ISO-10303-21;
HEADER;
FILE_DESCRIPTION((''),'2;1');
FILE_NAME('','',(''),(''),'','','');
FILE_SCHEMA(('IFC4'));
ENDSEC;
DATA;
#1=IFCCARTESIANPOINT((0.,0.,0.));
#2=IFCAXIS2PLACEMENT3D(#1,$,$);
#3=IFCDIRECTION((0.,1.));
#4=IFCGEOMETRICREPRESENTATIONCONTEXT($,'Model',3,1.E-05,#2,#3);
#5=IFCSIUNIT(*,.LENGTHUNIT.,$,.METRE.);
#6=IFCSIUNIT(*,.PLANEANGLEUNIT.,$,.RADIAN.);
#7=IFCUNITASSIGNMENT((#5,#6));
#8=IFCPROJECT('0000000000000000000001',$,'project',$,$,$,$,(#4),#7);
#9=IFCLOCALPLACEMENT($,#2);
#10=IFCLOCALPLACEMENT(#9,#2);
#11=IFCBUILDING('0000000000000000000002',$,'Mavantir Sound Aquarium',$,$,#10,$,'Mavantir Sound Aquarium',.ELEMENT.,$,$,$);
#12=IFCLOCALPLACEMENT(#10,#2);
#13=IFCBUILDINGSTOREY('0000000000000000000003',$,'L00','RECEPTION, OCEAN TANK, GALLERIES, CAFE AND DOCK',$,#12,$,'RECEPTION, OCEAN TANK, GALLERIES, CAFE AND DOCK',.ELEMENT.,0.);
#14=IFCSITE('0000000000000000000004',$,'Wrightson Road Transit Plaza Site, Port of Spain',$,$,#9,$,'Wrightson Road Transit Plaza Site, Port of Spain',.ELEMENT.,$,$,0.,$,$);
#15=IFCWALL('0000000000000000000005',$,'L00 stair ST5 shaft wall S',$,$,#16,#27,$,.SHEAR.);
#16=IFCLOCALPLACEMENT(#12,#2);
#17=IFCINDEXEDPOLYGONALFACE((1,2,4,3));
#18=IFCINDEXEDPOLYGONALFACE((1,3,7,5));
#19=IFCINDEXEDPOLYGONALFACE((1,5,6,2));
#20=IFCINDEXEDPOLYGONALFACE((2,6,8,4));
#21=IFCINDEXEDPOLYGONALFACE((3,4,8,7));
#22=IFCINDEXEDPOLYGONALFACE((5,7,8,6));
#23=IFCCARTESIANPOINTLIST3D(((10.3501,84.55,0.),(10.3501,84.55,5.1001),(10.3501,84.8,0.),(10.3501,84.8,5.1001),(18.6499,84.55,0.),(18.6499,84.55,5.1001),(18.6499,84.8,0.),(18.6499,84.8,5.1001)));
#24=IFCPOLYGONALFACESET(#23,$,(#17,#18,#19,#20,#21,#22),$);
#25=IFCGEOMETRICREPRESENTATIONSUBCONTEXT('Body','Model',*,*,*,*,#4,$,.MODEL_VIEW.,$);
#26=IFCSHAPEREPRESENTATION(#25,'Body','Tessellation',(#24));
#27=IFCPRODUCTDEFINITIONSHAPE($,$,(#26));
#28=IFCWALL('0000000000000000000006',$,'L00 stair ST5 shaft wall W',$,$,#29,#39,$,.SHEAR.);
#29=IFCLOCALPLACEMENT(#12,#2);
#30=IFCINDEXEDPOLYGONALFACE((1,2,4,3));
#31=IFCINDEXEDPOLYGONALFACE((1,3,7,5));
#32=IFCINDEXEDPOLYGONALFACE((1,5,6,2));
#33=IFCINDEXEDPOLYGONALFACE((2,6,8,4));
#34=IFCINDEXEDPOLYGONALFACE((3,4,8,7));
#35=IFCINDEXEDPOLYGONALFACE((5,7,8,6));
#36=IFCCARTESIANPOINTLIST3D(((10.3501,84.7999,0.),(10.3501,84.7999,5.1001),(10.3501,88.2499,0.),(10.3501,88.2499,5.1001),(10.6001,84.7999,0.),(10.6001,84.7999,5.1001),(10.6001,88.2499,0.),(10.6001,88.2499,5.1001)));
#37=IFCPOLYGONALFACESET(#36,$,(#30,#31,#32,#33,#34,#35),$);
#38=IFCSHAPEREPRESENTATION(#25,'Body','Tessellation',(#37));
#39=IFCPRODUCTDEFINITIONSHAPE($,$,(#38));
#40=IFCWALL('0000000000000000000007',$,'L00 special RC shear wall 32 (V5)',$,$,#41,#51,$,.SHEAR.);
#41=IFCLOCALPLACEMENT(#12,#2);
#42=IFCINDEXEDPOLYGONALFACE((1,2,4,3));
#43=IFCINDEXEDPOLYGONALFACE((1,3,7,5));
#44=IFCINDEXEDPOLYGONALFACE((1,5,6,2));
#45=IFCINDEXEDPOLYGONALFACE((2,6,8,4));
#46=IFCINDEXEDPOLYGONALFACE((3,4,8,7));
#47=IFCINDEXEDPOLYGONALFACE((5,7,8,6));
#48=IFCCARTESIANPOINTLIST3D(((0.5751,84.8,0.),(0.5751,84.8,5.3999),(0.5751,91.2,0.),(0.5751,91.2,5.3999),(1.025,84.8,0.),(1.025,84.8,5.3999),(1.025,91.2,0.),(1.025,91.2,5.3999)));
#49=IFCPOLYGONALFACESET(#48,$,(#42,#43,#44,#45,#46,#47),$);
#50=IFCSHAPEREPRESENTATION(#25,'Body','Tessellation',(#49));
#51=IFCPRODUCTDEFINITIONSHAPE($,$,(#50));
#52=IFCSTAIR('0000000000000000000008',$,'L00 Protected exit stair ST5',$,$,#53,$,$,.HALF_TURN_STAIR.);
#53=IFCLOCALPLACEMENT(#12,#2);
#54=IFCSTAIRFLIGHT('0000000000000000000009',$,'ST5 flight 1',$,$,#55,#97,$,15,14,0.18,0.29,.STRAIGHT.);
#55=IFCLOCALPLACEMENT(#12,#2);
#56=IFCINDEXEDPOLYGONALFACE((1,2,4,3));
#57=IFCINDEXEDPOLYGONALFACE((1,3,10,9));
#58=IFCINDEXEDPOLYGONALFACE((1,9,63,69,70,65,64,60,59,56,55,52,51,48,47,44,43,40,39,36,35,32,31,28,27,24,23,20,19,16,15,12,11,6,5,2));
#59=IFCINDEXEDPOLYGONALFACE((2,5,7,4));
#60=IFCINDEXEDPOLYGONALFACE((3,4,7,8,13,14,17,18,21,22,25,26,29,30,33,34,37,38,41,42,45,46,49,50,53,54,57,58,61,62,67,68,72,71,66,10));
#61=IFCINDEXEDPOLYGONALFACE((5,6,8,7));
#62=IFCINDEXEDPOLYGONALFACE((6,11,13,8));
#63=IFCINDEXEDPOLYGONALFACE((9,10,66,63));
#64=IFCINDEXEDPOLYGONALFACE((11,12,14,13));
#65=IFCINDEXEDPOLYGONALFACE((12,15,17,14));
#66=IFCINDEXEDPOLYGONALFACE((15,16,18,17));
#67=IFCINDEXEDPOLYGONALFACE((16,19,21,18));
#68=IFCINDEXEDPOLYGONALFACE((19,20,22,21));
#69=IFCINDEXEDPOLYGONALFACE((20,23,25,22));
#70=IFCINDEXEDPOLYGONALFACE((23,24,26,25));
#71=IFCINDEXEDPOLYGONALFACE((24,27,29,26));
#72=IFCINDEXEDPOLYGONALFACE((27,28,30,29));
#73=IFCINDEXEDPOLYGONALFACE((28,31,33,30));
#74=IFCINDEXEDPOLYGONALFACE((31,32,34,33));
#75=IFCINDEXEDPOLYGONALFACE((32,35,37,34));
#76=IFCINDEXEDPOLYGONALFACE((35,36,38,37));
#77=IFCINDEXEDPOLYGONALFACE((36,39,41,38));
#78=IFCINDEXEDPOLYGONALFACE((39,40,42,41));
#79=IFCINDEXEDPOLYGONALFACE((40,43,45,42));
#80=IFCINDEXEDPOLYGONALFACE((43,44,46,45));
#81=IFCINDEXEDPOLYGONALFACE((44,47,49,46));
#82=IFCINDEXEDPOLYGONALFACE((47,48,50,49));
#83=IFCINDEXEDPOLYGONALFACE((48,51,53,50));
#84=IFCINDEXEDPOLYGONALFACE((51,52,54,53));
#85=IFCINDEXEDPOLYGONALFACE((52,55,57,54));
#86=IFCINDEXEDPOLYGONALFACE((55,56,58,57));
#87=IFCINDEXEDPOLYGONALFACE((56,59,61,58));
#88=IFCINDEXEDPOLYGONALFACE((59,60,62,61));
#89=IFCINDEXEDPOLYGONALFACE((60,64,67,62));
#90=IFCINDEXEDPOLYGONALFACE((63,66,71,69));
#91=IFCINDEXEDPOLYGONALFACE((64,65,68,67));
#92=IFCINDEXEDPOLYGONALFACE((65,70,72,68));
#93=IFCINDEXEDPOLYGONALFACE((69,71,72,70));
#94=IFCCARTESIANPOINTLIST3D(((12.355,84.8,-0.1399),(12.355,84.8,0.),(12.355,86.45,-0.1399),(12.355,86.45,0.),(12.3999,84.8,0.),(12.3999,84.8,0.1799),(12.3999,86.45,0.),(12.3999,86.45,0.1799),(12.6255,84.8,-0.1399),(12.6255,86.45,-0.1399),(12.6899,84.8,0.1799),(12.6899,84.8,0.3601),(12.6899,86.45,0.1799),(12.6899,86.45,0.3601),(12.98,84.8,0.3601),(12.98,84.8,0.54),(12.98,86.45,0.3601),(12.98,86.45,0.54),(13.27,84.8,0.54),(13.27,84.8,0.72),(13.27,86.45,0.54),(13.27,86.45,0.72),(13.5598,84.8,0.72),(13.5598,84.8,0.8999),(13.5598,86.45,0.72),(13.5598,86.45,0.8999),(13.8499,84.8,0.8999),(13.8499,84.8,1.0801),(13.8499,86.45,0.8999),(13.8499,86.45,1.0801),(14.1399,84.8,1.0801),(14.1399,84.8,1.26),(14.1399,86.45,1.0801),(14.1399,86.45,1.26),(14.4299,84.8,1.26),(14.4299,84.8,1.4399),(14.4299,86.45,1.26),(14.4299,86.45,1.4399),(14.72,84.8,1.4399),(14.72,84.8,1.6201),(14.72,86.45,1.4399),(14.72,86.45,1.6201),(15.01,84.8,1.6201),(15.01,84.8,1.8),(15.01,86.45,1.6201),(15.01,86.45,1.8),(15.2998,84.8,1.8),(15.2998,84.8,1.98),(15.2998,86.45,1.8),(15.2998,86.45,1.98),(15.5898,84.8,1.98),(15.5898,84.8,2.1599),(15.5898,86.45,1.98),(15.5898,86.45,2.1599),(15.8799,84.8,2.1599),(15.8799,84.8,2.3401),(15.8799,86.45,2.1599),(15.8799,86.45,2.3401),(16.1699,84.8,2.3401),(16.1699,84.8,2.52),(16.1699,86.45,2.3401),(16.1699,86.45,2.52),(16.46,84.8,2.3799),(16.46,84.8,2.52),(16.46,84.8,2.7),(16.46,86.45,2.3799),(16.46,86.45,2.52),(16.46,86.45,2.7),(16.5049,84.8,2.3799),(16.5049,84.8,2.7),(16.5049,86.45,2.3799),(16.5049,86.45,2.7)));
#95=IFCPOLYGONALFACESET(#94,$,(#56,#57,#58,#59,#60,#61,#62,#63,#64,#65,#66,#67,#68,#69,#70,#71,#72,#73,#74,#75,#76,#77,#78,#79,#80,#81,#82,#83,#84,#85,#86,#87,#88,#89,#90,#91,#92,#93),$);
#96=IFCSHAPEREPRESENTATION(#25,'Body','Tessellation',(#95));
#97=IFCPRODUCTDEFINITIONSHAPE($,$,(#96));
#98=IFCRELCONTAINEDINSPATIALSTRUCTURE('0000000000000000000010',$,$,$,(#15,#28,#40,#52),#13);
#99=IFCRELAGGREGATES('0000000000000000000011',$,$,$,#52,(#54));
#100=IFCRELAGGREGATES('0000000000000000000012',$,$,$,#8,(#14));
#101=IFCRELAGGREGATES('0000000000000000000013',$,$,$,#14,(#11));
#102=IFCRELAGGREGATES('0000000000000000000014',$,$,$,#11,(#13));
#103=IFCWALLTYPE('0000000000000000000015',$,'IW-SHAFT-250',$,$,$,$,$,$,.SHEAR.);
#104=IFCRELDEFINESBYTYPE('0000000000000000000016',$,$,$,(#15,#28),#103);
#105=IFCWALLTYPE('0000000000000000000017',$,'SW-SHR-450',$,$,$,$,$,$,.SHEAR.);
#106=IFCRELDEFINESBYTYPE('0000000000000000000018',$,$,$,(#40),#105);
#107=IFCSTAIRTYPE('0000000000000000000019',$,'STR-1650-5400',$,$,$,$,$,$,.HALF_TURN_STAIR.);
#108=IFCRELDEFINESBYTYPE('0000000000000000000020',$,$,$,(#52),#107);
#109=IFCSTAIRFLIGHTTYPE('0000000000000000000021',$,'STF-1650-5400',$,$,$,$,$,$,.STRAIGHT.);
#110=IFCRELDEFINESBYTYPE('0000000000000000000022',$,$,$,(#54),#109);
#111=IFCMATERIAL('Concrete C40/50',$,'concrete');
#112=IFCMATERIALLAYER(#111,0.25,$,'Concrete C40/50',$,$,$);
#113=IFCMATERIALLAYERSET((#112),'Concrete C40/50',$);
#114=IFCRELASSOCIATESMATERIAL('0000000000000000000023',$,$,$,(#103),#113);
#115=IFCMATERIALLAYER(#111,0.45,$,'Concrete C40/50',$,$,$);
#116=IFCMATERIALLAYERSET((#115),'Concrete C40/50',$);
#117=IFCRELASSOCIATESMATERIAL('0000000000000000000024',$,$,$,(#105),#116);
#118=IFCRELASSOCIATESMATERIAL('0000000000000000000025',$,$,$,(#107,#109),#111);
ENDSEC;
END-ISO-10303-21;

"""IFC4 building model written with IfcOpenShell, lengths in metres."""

from ifc_helpers import new_model, si_unit, direction, frame, frame_2d, origin, place, context, subcontext, project, spatial, polyline, rectangle, outline, extrude, material, layer, layer_set, type_object, element, aggregate, save


model = new_model("IFC4")

# Units and contexts
model_context = context("Model", 3, precision=1e-05, world=origin(), true_north=direction((0.0, 1.0)))
body_context = subcontext(model_context, "Body", "Model", "MODEL_VIEW")
ifc_project = project(units=[si_unit("LENGTHUNIT", "METRE"), si_unit("PLANEANGLEUNIT", "RADIAN")], contexts=[model_context])

# Site, building, storey
site_placement = place(None, origin())
site = spatial("IfcSite", under=ifc_project, at=site_placement, Name="Wrightson Road Transit Plaza Site, Port of Spain", LongName="Wrightson Road Transit Plaza Site, Port of Spain", CompositionType="ELEMENT", RefElevation=0.0)
building_placement = place(site_placement, origin())
building = spatial("IfcBuilding", under=site, at=building_placement, Name="Mavantir Sound Aquarium", LongName="Mavantir Sound Aquarium", CompositionType="ELEMENT")
storey_placement = place(building_placement, origin())
storey = spatial("IfcBuildingStorey", under=building, at=storey_placement, Name="L00", Description="RECEPTION, OCEAN TANK, GALLERIES, CAFE AND DOCK", LongName="RECEPTION, OCEAN TANK, GALLERIES, CAFE AND DOCK", CompositionType="ELEMENT", Elevation=0.0)

# Shared definitions
ifc_material_1 = material(Name="Concrete C40/50", Category="concrete")

# Walls
ifc_layer_1 = layer(ifc_material_1, 0.25, Name="Concrete C40/50")
ifc_layer_set_1 = layer_set([ifc_layer_1], Name="Concrete C40/50")
wall_type_1 = type_object("IfcWallType", Name="IW-SHAFT-250", PredefinedType="SHEAR", material=ifc_layer_set_1)
wall_1_placement = place(storey_placement, frame((10.3501, 84.675, 0.0), z_axis=(0.0, 0.0, 1.0), x_axis=(1.0, 0.0, 0.0)))
element("IfcWall", 1, at=wall_1_placement, inside=storey, type_object=wall_type_1, Name="L00 stair ST5 shaft wall S", PredefinedType="SHEAR", context=body_context, shape_type="SweptSolid", body=[
    extrude(rectangle(XDim=8.2998, YDim=0.25, at=frame_2d((4.1499, 0.0))), origin(), (0.0, 0.0, 1.0), 5.1001),
])
wall_2_placement = place(storey_placement, frame((10.4751, 88.25, 0.0), z_axis=(0.0, 0.0, 1.0), x_axis=(0.0, -1.0, 0.0)))
element("IfcWall", 2, at=wall_2_placement, inside=storey, type_object=wall_type_1, Name="L00 stair ST5 shaft wall W", PredefinedType="SHEAR", context=body_context, shape_type="SweptSolid", body=[
    extrude(rectangle(XDim=3.45, YDim=0.25, at=frame_2d((1.7251, 0.0))), origin(), (0.0, 0.0, 1.0), 5.1001),
])
ifc_layer_2 = layer(ifc_material_1, 0.45, Name="Concrete C40/50")
ifc_layer_set_2 = layer_set([ifc_layer_2], Name="Concrete C40/50")
wall_type_2 = type_object("IfcWallType", Name="SW-SHR-450", PredefinedType="SHEAR", material=ifc_layer_set_2)
wall_3_placement = place(storey_placement, frame((0.8, 84.8, 0.0), z_axis=(0.0, 0.0, 1.0), x_axis=(0.0, 1.0, 0.0)))
element("IfcWall", 3, at=wall_3_placement, inside=storey, type_object=wall_type_2, Name="L00 special RC shear wall 32 (V5)", PredefinedType="SHEAR", context=body_context, shape_type="SweptSolid", body=[
    extrude(rectangle(XDim=6.3999, YDim=0.45, at=frame_2d((3.2, 0.0))), origin(), (0.0, 0.0, 1.0), 5.3999),
])

# Stair, stair flight
stair_type = type_object("IfcStairType", Name="STR-1650-5400", PredefinedType="HALF_TURN_STAIR", material=ifc_material_1)
stair_placement = place(storey_placement, origin())
stair = element("IfcStair", 4, at=stair_placement, inside=storey, type_object=stair_type, Name="L00 Protected exit stair ST5", PredefinedType="HALF_TURN_STAIR")
stair_flight_type = type_object("IfcStairFlightType", Name="STF-1650-5400", PredefinedType="STRAIGHT", material=ifc_material_1)
stair_flight_placement = place(storey_placement, frame((12.3999, 85.625, 0.0), z_axis=(0.0, 0.0, 1.0), x_axis=(1.0, 0.0, 0.0)))
stair_flight = element("IfcStairFlight", 5, at=stair_flight_placement, type_object=stair_flight_type, Name="ST5 flight 1", NumberOfRisers=15, NumberOfTreads=14, PredefinedType="STRAIGHT", RiserHeight=0.18, TreadLength=0.29, context=body_context, shape_type="SweptSolid", body=[
    extrude(outline(polyline([(-0.0449, -0.1399), (-0.0449, 0.0), (0.0, 0.0), (0.0, 0.1799), (0.29, 0.1799), (0.29, 0.3601), (0.5801, 0.3601), (0.5801, 0.54), (0.8701, 0.54), (0.8701, 0.72), (1.1599, 0.72), (1.1599, 0.8999), (1.45, 0.8999), (1.45, 1.0801), (1.74, 1.0801), (1.74, 1.26), (2.03, 1.26), (2.03, 1.4399), (2.3201, 1.4399), (2.3201, 1.6201), (2.6101, 1.6201), (2.6101, 1.8), (2.8999, 1.8), (2.8999, 1.98), (3.1899, 1.98), (3.1899, 2.1599), (3.48, 2.1599), (3.48, 2.3401), (3.77, 2.3401), (3.77, 2.52), (4.0601, 2.52), (4.0601, 2.7), (4.105, 2.7), (4.105, 2.3799), (4.0601, 2.3799), (0.2256, -0.1399), (-0.0449, -0.1399)])), frame((0.0, 0.825, 0.0), z_axis=(0.0, -1.0, 0.0), x_axis=(1.0, 0.0, 0.0)), (0.0, 0.0, 1.0), 1.6499),
])
aggregate(stair, [stair_flight])

save(model, "model.ifc")
